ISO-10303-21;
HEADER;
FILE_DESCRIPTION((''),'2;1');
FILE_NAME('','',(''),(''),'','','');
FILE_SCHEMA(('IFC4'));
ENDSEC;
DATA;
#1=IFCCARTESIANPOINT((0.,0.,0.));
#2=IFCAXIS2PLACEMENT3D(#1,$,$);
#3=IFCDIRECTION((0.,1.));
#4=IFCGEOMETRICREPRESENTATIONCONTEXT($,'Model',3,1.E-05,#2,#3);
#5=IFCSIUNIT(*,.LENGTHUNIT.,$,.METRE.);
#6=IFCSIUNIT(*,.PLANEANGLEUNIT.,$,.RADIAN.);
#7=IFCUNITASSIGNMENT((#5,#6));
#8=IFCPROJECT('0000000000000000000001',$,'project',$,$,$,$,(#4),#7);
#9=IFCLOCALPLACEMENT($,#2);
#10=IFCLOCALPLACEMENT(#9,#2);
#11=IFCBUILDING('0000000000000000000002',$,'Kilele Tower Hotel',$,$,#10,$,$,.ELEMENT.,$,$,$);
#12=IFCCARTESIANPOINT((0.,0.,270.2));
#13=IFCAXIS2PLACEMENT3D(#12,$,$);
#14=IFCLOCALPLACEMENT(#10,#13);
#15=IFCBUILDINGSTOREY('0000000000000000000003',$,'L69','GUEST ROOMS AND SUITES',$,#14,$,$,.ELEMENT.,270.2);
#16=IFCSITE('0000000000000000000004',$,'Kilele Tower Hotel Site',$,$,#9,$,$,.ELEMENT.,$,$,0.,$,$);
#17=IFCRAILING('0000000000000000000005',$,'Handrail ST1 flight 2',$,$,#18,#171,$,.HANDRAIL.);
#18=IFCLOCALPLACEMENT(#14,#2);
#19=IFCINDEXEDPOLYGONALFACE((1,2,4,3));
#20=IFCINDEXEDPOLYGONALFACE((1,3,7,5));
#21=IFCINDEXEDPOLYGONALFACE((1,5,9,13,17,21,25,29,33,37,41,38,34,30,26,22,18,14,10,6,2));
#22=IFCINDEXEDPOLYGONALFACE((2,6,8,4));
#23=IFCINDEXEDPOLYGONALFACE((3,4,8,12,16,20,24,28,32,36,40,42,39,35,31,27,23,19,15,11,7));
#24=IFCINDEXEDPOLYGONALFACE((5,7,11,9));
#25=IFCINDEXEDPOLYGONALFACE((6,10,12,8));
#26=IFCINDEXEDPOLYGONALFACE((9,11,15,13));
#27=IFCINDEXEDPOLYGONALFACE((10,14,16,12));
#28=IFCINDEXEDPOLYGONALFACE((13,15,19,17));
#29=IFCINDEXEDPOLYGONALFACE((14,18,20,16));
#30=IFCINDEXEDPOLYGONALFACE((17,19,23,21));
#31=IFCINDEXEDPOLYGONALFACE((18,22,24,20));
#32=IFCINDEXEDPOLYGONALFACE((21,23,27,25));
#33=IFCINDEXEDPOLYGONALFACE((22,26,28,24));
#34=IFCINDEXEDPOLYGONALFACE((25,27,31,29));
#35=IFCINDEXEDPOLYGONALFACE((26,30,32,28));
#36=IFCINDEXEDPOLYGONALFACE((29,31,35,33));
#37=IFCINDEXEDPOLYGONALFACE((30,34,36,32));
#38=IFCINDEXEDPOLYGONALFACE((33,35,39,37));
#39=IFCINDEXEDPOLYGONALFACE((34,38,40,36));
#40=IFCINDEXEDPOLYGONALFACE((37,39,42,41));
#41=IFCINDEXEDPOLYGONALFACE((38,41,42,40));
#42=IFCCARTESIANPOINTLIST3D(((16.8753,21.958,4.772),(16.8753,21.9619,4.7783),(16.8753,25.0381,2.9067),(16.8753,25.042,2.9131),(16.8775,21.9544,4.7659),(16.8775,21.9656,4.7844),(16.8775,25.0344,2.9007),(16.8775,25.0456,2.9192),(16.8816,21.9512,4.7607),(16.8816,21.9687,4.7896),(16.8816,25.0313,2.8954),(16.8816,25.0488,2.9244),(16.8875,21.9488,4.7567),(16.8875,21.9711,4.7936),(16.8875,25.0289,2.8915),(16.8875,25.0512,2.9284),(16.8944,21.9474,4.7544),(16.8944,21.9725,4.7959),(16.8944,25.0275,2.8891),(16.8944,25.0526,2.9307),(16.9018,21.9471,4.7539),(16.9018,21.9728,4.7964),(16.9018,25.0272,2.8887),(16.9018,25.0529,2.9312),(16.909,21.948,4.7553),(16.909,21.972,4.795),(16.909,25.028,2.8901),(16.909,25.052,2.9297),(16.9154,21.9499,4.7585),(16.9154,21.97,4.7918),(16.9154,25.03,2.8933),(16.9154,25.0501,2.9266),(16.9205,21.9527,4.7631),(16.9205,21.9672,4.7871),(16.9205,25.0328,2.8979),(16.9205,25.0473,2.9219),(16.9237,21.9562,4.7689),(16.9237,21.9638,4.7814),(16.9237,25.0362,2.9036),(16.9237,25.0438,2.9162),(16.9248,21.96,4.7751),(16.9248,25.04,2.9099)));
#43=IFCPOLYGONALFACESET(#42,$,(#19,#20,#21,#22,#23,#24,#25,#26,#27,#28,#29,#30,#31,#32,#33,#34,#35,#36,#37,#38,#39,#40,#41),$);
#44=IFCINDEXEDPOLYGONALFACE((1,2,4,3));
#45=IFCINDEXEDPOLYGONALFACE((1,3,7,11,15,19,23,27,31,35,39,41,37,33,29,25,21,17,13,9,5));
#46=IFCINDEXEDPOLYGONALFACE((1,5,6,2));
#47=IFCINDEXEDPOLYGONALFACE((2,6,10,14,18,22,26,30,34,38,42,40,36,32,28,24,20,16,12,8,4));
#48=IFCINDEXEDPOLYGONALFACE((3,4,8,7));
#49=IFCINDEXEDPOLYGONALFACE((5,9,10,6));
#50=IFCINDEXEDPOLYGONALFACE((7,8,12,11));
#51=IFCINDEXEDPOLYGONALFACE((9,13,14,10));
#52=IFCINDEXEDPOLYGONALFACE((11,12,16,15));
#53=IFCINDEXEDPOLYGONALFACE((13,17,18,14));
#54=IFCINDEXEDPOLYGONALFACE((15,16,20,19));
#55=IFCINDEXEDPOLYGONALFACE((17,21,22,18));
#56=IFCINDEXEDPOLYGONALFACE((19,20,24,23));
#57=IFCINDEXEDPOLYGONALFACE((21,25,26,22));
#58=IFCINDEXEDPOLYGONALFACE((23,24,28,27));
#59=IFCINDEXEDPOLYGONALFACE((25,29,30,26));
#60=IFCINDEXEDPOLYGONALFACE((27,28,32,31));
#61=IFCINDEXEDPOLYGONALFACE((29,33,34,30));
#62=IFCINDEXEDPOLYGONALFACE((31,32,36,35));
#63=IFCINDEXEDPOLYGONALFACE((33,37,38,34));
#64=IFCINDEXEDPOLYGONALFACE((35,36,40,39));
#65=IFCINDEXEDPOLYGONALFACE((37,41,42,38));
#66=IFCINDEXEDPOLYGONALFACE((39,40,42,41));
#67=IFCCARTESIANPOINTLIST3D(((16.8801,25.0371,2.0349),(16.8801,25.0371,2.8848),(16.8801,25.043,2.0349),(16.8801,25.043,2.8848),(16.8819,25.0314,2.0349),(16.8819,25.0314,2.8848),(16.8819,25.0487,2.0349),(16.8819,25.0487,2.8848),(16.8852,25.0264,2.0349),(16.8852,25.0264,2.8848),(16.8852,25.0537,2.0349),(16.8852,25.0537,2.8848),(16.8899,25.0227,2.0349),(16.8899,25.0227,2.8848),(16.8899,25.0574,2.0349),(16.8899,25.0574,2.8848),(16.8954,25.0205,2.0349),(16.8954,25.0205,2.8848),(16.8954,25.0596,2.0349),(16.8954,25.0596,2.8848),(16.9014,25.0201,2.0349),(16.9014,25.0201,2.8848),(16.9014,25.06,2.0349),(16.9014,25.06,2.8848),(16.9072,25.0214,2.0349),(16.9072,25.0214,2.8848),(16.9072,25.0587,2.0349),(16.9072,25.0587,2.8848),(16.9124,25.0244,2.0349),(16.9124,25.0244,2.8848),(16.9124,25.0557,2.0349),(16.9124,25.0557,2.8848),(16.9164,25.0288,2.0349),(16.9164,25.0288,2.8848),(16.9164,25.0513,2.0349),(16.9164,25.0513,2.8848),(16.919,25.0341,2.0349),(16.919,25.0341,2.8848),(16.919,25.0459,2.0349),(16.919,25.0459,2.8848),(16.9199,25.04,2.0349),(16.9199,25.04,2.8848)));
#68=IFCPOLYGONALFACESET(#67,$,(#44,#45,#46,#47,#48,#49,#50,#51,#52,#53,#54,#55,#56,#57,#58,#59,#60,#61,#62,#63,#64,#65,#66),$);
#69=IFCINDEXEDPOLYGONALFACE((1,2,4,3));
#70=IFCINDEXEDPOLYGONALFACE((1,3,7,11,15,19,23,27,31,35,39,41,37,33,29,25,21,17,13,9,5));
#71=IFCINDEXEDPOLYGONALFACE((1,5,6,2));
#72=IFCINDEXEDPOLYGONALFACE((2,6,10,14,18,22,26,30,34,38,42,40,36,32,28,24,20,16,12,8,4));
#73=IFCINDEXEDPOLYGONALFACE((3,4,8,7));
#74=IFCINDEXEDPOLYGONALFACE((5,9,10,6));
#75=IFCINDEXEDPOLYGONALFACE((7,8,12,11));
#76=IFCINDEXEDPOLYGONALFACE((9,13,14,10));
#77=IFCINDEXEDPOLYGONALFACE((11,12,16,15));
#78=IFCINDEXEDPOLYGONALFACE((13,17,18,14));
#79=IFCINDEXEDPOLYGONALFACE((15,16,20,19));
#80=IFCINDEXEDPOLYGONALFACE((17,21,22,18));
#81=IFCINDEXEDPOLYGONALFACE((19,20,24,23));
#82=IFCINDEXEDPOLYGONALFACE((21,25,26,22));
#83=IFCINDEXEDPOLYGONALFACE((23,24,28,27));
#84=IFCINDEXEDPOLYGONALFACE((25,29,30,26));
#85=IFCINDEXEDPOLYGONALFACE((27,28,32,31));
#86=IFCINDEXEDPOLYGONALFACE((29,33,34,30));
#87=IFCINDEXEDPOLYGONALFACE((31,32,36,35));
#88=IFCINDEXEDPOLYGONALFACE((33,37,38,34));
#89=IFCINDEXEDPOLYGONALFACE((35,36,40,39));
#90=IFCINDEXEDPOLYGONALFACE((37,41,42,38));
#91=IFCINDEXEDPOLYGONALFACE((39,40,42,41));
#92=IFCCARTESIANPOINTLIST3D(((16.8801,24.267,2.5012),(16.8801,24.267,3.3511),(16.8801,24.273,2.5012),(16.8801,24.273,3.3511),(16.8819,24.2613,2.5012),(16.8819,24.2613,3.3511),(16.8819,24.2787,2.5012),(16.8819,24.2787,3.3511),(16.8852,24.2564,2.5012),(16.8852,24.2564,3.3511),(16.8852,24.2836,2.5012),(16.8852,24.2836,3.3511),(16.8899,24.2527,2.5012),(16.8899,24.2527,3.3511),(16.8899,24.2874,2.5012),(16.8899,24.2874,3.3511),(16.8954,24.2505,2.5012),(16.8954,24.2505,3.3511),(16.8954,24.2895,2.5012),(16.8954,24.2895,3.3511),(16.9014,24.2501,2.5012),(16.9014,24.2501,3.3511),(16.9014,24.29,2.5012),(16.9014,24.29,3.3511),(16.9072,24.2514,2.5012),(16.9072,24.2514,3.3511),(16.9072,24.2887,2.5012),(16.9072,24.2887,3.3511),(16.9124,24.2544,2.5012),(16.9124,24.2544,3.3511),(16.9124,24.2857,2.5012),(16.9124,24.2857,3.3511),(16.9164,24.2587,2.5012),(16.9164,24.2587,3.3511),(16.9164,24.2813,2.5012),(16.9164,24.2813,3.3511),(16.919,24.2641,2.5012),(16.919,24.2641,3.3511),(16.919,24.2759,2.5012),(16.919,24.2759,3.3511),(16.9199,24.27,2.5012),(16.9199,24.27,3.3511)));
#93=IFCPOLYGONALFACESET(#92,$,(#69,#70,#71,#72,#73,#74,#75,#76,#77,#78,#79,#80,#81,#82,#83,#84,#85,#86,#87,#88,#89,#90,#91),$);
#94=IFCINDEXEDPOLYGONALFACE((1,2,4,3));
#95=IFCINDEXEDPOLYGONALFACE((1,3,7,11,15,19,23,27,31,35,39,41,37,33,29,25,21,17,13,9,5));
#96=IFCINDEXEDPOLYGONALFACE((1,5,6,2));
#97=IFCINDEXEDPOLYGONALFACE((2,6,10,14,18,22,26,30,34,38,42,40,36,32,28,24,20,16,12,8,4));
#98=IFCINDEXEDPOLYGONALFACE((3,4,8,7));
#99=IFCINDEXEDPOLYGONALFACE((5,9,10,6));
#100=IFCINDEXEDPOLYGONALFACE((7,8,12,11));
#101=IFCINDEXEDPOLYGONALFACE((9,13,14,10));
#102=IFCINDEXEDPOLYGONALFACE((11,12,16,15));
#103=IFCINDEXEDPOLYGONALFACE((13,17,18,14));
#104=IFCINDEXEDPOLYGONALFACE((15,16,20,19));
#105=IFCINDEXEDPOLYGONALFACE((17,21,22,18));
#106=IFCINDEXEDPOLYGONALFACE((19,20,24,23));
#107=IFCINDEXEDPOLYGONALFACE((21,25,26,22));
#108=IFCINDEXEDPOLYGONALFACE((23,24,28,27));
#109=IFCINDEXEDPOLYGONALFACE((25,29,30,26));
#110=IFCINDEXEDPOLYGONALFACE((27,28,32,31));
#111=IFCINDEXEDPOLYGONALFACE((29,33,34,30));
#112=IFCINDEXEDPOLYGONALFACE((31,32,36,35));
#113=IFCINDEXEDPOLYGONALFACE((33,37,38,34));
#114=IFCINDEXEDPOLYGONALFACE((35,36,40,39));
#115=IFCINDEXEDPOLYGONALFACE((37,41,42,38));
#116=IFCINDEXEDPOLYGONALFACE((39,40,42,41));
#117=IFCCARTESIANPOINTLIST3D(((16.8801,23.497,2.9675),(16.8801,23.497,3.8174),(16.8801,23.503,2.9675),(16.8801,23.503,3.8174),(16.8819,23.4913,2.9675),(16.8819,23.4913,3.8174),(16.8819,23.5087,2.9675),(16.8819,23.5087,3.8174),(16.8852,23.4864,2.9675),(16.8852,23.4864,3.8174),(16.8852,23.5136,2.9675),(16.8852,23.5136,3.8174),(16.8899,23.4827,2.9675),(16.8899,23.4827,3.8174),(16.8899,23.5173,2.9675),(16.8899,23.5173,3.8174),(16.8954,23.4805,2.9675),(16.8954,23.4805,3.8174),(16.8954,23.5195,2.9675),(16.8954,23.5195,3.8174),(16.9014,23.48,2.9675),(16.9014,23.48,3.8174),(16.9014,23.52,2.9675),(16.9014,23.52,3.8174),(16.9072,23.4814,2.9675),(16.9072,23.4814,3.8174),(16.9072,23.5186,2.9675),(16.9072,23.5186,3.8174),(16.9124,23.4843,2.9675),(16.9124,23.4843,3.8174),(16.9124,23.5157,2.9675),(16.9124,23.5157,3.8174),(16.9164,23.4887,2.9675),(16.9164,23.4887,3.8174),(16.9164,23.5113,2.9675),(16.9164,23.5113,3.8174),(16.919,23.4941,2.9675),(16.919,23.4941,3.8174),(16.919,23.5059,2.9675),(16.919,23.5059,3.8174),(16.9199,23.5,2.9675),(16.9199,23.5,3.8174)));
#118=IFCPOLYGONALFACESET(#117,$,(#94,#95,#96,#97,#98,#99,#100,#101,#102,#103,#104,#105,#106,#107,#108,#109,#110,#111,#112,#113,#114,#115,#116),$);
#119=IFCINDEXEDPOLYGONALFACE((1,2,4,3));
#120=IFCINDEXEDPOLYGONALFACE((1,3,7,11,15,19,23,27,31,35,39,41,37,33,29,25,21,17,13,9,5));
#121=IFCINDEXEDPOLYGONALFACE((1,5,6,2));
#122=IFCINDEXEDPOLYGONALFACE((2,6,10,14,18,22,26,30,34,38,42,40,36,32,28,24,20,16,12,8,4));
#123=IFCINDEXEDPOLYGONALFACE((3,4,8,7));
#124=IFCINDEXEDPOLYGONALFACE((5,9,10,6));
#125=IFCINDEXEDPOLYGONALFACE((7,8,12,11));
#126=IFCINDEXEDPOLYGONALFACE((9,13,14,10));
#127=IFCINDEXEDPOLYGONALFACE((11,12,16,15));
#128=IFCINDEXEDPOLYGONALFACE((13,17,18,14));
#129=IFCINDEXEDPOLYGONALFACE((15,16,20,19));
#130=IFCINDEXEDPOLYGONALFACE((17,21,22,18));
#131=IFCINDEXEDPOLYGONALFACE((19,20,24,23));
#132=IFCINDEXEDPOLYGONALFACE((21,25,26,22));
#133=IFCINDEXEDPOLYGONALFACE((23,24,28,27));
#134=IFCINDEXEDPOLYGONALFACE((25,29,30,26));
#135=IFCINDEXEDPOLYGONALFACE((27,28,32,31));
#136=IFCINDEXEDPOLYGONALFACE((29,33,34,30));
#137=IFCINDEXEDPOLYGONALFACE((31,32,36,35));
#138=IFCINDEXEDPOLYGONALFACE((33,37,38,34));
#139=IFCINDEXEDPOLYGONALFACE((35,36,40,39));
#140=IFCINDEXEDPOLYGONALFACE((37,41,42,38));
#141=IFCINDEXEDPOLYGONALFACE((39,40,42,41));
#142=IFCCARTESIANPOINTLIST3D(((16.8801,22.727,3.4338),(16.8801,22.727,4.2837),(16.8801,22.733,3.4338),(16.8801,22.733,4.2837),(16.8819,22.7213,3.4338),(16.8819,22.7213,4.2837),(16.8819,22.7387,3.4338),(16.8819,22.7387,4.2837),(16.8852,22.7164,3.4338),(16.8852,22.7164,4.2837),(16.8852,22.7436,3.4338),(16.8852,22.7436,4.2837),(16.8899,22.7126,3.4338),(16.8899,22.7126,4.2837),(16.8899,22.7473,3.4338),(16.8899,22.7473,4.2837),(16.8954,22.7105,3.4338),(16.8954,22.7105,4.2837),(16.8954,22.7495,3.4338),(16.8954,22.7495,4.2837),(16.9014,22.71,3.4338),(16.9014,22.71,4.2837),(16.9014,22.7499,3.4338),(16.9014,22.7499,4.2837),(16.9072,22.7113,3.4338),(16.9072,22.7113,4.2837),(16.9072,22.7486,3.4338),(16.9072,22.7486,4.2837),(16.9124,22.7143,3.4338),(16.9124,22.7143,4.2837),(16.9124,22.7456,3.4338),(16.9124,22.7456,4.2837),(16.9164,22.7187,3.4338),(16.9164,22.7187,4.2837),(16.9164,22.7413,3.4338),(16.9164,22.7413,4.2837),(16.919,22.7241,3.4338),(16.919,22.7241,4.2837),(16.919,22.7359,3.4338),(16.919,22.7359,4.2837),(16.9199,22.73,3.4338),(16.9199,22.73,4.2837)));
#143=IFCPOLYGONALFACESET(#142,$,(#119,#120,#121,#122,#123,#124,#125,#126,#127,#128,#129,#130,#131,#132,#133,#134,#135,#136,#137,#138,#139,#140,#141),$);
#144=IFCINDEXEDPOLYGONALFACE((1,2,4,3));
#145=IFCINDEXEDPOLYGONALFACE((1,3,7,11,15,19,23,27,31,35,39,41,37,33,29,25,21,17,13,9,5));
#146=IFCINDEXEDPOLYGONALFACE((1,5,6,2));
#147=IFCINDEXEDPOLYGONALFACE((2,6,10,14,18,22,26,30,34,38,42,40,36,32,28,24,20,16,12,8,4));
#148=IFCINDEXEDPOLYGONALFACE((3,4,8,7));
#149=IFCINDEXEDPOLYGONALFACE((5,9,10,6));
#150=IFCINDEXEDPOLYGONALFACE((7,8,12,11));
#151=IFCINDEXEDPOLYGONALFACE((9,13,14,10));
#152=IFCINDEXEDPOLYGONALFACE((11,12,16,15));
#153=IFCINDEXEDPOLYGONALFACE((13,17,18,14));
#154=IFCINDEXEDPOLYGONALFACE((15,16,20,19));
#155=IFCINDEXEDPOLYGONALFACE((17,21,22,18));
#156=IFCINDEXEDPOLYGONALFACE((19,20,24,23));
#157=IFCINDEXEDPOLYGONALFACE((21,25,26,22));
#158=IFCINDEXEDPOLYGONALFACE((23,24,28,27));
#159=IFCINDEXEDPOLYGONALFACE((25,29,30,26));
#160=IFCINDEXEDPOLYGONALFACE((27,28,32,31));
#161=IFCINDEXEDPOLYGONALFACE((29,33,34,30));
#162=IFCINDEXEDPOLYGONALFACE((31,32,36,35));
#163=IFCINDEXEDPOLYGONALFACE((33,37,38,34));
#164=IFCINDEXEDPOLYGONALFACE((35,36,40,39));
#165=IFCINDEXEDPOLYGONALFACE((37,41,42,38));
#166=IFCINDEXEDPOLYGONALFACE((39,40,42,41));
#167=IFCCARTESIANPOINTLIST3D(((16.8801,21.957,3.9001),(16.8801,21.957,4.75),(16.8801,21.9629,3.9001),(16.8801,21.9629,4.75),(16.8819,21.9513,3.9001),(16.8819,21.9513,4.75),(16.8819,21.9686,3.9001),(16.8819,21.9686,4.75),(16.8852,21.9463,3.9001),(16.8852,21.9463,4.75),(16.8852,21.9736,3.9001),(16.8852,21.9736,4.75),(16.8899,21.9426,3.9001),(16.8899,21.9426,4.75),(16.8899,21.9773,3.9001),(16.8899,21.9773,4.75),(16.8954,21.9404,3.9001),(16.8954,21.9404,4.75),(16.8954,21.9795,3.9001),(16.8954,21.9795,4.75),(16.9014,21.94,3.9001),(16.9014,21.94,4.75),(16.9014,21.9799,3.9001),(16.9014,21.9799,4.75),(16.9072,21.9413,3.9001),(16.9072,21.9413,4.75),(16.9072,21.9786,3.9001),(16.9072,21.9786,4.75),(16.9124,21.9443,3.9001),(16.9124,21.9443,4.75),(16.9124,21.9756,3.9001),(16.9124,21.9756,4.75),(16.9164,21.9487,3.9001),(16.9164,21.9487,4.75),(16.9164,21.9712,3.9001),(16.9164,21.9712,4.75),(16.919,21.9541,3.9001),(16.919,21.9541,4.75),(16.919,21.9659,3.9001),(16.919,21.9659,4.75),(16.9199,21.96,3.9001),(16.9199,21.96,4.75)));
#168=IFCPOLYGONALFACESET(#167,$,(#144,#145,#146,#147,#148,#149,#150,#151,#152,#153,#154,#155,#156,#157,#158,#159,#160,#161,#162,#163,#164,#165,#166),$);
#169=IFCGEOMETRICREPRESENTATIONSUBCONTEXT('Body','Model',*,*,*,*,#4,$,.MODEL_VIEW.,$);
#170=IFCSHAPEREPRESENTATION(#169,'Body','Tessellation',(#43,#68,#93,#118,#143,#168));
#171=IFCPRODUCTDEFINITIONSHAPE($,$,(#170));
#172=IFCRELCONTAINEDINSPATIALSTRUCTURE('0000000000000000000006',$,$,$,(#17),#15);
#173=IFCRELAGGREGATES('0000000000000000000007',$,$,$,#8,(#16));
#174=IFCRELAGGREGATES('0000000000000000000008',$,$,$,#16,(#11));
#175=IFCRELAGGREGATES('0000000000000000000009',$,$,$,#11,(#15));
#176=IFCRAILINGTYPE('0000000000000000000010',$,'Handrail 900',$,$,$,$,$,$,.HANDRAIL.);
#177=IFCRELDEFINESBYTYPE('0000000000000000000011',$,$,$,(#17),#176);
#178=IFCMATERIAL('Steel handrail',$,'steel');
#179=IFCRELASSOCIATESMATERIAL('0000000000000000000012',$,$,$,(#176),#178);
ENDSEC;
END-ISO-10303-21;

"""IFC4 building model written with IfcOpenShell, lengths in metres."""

from ifc_helpers import new_model, si_unit, direction, frame, origin, origin_2d, place, context, subcontext, project, spatial, circle, extrude, material, type_object, element, save


model = new_model("IFC4")

# Units and contexts
model_context = context("Model", 3, precision=1e-05, world=origin(), true_north=direction((0.0, 1.0)))
body_context = subcontext(model_context, "Body", "Model", "MODEL_VIEW")
ifc_project = project(units=[si_unit("LENGTHUNIT", "METRE"), si_unit("PLANEANGLEUNIT", "RADIAN")], contexts=[model_context])

# Site, building, storey
site_placement = place(None, origin())
site = spatial("IfcSite", under=ifc_project, at=site_placement, Name="Kilele Tower Hotel Site", CompositionType="ELEMENT", RefElevation=0.0)
building_placement = place(site_placement, origin())
building = spatial("IfcBuilding", under=site, at=building_placement, Name="Kilele Tower Hotel", CompositionType="ELEMENT")
storey_placement = place(building_placement, frame((0.0, 0.0, 270.2)))
storey = spatial("IfcBuildingStorey", under=building, at=storey_placement, Name="L69", Description="GUEST ROOMS AND SUITES", CompositionType="ELEMENT", Elevation=270.2)

# Railing
ifc_material_1 = material(Name="Steel handrail", Category="steel")
railing_type_1 = type_object("IfcRailingType", Name="Handrail 900", PredefinedType="HANDRAIL", material=ifc_material_1)
for number, where, name in (
    (1, (16.8999, 25.04, 2.0349), "Handrail ST1 flight 2"),
):
    element("IfcRailing", number, at=place(storey_placement, frame(where)), inside=storey, type_object=railing_type_1, Name=name, PredefinedType="HANDRAIL", context=body_context, shape_type="SweptSolid", body=[
        extrude(circle(Radius=0.0249, at=origin_2d()), frame((0.0, 0.0, 0.875), z_axis=(0.0, -0.85538, 0.518001), x_axis=(1.0, 0.0, 0.0)), (0.0, 0.0, 1.0), 3.6008),
        extrude(circle(Radius=0.02, at=origin_2d()), origin(), (0.0, 0.0, 1.0), 0.8499),
        extrude(circle(Radius=0.02, at=origin_2d()), frame((0.0, -0.77, 0.4663)), (0.0, 0.0, 1.0), 0.8499),
        extrude(circle(Radius=0.02, at=origin_2d()), frame((0.0, -1.54, 0.9326)), (0.0, 0.0, 1.0), 0.8499),
        extrude(circle(Radius=0.02, at=origin_2d()), frame((0.0, -2.3101, 1.3989)), (0.0, 0.0, 1.0), 0.8499),
        extrude(circle(Radius=0.02, at=origin_2d()), frame((0.0, -3.0801, 1.8652)), (0.0, 0.0, 1.0), 0.8499),
    ])

save(model, "model.ifc")
